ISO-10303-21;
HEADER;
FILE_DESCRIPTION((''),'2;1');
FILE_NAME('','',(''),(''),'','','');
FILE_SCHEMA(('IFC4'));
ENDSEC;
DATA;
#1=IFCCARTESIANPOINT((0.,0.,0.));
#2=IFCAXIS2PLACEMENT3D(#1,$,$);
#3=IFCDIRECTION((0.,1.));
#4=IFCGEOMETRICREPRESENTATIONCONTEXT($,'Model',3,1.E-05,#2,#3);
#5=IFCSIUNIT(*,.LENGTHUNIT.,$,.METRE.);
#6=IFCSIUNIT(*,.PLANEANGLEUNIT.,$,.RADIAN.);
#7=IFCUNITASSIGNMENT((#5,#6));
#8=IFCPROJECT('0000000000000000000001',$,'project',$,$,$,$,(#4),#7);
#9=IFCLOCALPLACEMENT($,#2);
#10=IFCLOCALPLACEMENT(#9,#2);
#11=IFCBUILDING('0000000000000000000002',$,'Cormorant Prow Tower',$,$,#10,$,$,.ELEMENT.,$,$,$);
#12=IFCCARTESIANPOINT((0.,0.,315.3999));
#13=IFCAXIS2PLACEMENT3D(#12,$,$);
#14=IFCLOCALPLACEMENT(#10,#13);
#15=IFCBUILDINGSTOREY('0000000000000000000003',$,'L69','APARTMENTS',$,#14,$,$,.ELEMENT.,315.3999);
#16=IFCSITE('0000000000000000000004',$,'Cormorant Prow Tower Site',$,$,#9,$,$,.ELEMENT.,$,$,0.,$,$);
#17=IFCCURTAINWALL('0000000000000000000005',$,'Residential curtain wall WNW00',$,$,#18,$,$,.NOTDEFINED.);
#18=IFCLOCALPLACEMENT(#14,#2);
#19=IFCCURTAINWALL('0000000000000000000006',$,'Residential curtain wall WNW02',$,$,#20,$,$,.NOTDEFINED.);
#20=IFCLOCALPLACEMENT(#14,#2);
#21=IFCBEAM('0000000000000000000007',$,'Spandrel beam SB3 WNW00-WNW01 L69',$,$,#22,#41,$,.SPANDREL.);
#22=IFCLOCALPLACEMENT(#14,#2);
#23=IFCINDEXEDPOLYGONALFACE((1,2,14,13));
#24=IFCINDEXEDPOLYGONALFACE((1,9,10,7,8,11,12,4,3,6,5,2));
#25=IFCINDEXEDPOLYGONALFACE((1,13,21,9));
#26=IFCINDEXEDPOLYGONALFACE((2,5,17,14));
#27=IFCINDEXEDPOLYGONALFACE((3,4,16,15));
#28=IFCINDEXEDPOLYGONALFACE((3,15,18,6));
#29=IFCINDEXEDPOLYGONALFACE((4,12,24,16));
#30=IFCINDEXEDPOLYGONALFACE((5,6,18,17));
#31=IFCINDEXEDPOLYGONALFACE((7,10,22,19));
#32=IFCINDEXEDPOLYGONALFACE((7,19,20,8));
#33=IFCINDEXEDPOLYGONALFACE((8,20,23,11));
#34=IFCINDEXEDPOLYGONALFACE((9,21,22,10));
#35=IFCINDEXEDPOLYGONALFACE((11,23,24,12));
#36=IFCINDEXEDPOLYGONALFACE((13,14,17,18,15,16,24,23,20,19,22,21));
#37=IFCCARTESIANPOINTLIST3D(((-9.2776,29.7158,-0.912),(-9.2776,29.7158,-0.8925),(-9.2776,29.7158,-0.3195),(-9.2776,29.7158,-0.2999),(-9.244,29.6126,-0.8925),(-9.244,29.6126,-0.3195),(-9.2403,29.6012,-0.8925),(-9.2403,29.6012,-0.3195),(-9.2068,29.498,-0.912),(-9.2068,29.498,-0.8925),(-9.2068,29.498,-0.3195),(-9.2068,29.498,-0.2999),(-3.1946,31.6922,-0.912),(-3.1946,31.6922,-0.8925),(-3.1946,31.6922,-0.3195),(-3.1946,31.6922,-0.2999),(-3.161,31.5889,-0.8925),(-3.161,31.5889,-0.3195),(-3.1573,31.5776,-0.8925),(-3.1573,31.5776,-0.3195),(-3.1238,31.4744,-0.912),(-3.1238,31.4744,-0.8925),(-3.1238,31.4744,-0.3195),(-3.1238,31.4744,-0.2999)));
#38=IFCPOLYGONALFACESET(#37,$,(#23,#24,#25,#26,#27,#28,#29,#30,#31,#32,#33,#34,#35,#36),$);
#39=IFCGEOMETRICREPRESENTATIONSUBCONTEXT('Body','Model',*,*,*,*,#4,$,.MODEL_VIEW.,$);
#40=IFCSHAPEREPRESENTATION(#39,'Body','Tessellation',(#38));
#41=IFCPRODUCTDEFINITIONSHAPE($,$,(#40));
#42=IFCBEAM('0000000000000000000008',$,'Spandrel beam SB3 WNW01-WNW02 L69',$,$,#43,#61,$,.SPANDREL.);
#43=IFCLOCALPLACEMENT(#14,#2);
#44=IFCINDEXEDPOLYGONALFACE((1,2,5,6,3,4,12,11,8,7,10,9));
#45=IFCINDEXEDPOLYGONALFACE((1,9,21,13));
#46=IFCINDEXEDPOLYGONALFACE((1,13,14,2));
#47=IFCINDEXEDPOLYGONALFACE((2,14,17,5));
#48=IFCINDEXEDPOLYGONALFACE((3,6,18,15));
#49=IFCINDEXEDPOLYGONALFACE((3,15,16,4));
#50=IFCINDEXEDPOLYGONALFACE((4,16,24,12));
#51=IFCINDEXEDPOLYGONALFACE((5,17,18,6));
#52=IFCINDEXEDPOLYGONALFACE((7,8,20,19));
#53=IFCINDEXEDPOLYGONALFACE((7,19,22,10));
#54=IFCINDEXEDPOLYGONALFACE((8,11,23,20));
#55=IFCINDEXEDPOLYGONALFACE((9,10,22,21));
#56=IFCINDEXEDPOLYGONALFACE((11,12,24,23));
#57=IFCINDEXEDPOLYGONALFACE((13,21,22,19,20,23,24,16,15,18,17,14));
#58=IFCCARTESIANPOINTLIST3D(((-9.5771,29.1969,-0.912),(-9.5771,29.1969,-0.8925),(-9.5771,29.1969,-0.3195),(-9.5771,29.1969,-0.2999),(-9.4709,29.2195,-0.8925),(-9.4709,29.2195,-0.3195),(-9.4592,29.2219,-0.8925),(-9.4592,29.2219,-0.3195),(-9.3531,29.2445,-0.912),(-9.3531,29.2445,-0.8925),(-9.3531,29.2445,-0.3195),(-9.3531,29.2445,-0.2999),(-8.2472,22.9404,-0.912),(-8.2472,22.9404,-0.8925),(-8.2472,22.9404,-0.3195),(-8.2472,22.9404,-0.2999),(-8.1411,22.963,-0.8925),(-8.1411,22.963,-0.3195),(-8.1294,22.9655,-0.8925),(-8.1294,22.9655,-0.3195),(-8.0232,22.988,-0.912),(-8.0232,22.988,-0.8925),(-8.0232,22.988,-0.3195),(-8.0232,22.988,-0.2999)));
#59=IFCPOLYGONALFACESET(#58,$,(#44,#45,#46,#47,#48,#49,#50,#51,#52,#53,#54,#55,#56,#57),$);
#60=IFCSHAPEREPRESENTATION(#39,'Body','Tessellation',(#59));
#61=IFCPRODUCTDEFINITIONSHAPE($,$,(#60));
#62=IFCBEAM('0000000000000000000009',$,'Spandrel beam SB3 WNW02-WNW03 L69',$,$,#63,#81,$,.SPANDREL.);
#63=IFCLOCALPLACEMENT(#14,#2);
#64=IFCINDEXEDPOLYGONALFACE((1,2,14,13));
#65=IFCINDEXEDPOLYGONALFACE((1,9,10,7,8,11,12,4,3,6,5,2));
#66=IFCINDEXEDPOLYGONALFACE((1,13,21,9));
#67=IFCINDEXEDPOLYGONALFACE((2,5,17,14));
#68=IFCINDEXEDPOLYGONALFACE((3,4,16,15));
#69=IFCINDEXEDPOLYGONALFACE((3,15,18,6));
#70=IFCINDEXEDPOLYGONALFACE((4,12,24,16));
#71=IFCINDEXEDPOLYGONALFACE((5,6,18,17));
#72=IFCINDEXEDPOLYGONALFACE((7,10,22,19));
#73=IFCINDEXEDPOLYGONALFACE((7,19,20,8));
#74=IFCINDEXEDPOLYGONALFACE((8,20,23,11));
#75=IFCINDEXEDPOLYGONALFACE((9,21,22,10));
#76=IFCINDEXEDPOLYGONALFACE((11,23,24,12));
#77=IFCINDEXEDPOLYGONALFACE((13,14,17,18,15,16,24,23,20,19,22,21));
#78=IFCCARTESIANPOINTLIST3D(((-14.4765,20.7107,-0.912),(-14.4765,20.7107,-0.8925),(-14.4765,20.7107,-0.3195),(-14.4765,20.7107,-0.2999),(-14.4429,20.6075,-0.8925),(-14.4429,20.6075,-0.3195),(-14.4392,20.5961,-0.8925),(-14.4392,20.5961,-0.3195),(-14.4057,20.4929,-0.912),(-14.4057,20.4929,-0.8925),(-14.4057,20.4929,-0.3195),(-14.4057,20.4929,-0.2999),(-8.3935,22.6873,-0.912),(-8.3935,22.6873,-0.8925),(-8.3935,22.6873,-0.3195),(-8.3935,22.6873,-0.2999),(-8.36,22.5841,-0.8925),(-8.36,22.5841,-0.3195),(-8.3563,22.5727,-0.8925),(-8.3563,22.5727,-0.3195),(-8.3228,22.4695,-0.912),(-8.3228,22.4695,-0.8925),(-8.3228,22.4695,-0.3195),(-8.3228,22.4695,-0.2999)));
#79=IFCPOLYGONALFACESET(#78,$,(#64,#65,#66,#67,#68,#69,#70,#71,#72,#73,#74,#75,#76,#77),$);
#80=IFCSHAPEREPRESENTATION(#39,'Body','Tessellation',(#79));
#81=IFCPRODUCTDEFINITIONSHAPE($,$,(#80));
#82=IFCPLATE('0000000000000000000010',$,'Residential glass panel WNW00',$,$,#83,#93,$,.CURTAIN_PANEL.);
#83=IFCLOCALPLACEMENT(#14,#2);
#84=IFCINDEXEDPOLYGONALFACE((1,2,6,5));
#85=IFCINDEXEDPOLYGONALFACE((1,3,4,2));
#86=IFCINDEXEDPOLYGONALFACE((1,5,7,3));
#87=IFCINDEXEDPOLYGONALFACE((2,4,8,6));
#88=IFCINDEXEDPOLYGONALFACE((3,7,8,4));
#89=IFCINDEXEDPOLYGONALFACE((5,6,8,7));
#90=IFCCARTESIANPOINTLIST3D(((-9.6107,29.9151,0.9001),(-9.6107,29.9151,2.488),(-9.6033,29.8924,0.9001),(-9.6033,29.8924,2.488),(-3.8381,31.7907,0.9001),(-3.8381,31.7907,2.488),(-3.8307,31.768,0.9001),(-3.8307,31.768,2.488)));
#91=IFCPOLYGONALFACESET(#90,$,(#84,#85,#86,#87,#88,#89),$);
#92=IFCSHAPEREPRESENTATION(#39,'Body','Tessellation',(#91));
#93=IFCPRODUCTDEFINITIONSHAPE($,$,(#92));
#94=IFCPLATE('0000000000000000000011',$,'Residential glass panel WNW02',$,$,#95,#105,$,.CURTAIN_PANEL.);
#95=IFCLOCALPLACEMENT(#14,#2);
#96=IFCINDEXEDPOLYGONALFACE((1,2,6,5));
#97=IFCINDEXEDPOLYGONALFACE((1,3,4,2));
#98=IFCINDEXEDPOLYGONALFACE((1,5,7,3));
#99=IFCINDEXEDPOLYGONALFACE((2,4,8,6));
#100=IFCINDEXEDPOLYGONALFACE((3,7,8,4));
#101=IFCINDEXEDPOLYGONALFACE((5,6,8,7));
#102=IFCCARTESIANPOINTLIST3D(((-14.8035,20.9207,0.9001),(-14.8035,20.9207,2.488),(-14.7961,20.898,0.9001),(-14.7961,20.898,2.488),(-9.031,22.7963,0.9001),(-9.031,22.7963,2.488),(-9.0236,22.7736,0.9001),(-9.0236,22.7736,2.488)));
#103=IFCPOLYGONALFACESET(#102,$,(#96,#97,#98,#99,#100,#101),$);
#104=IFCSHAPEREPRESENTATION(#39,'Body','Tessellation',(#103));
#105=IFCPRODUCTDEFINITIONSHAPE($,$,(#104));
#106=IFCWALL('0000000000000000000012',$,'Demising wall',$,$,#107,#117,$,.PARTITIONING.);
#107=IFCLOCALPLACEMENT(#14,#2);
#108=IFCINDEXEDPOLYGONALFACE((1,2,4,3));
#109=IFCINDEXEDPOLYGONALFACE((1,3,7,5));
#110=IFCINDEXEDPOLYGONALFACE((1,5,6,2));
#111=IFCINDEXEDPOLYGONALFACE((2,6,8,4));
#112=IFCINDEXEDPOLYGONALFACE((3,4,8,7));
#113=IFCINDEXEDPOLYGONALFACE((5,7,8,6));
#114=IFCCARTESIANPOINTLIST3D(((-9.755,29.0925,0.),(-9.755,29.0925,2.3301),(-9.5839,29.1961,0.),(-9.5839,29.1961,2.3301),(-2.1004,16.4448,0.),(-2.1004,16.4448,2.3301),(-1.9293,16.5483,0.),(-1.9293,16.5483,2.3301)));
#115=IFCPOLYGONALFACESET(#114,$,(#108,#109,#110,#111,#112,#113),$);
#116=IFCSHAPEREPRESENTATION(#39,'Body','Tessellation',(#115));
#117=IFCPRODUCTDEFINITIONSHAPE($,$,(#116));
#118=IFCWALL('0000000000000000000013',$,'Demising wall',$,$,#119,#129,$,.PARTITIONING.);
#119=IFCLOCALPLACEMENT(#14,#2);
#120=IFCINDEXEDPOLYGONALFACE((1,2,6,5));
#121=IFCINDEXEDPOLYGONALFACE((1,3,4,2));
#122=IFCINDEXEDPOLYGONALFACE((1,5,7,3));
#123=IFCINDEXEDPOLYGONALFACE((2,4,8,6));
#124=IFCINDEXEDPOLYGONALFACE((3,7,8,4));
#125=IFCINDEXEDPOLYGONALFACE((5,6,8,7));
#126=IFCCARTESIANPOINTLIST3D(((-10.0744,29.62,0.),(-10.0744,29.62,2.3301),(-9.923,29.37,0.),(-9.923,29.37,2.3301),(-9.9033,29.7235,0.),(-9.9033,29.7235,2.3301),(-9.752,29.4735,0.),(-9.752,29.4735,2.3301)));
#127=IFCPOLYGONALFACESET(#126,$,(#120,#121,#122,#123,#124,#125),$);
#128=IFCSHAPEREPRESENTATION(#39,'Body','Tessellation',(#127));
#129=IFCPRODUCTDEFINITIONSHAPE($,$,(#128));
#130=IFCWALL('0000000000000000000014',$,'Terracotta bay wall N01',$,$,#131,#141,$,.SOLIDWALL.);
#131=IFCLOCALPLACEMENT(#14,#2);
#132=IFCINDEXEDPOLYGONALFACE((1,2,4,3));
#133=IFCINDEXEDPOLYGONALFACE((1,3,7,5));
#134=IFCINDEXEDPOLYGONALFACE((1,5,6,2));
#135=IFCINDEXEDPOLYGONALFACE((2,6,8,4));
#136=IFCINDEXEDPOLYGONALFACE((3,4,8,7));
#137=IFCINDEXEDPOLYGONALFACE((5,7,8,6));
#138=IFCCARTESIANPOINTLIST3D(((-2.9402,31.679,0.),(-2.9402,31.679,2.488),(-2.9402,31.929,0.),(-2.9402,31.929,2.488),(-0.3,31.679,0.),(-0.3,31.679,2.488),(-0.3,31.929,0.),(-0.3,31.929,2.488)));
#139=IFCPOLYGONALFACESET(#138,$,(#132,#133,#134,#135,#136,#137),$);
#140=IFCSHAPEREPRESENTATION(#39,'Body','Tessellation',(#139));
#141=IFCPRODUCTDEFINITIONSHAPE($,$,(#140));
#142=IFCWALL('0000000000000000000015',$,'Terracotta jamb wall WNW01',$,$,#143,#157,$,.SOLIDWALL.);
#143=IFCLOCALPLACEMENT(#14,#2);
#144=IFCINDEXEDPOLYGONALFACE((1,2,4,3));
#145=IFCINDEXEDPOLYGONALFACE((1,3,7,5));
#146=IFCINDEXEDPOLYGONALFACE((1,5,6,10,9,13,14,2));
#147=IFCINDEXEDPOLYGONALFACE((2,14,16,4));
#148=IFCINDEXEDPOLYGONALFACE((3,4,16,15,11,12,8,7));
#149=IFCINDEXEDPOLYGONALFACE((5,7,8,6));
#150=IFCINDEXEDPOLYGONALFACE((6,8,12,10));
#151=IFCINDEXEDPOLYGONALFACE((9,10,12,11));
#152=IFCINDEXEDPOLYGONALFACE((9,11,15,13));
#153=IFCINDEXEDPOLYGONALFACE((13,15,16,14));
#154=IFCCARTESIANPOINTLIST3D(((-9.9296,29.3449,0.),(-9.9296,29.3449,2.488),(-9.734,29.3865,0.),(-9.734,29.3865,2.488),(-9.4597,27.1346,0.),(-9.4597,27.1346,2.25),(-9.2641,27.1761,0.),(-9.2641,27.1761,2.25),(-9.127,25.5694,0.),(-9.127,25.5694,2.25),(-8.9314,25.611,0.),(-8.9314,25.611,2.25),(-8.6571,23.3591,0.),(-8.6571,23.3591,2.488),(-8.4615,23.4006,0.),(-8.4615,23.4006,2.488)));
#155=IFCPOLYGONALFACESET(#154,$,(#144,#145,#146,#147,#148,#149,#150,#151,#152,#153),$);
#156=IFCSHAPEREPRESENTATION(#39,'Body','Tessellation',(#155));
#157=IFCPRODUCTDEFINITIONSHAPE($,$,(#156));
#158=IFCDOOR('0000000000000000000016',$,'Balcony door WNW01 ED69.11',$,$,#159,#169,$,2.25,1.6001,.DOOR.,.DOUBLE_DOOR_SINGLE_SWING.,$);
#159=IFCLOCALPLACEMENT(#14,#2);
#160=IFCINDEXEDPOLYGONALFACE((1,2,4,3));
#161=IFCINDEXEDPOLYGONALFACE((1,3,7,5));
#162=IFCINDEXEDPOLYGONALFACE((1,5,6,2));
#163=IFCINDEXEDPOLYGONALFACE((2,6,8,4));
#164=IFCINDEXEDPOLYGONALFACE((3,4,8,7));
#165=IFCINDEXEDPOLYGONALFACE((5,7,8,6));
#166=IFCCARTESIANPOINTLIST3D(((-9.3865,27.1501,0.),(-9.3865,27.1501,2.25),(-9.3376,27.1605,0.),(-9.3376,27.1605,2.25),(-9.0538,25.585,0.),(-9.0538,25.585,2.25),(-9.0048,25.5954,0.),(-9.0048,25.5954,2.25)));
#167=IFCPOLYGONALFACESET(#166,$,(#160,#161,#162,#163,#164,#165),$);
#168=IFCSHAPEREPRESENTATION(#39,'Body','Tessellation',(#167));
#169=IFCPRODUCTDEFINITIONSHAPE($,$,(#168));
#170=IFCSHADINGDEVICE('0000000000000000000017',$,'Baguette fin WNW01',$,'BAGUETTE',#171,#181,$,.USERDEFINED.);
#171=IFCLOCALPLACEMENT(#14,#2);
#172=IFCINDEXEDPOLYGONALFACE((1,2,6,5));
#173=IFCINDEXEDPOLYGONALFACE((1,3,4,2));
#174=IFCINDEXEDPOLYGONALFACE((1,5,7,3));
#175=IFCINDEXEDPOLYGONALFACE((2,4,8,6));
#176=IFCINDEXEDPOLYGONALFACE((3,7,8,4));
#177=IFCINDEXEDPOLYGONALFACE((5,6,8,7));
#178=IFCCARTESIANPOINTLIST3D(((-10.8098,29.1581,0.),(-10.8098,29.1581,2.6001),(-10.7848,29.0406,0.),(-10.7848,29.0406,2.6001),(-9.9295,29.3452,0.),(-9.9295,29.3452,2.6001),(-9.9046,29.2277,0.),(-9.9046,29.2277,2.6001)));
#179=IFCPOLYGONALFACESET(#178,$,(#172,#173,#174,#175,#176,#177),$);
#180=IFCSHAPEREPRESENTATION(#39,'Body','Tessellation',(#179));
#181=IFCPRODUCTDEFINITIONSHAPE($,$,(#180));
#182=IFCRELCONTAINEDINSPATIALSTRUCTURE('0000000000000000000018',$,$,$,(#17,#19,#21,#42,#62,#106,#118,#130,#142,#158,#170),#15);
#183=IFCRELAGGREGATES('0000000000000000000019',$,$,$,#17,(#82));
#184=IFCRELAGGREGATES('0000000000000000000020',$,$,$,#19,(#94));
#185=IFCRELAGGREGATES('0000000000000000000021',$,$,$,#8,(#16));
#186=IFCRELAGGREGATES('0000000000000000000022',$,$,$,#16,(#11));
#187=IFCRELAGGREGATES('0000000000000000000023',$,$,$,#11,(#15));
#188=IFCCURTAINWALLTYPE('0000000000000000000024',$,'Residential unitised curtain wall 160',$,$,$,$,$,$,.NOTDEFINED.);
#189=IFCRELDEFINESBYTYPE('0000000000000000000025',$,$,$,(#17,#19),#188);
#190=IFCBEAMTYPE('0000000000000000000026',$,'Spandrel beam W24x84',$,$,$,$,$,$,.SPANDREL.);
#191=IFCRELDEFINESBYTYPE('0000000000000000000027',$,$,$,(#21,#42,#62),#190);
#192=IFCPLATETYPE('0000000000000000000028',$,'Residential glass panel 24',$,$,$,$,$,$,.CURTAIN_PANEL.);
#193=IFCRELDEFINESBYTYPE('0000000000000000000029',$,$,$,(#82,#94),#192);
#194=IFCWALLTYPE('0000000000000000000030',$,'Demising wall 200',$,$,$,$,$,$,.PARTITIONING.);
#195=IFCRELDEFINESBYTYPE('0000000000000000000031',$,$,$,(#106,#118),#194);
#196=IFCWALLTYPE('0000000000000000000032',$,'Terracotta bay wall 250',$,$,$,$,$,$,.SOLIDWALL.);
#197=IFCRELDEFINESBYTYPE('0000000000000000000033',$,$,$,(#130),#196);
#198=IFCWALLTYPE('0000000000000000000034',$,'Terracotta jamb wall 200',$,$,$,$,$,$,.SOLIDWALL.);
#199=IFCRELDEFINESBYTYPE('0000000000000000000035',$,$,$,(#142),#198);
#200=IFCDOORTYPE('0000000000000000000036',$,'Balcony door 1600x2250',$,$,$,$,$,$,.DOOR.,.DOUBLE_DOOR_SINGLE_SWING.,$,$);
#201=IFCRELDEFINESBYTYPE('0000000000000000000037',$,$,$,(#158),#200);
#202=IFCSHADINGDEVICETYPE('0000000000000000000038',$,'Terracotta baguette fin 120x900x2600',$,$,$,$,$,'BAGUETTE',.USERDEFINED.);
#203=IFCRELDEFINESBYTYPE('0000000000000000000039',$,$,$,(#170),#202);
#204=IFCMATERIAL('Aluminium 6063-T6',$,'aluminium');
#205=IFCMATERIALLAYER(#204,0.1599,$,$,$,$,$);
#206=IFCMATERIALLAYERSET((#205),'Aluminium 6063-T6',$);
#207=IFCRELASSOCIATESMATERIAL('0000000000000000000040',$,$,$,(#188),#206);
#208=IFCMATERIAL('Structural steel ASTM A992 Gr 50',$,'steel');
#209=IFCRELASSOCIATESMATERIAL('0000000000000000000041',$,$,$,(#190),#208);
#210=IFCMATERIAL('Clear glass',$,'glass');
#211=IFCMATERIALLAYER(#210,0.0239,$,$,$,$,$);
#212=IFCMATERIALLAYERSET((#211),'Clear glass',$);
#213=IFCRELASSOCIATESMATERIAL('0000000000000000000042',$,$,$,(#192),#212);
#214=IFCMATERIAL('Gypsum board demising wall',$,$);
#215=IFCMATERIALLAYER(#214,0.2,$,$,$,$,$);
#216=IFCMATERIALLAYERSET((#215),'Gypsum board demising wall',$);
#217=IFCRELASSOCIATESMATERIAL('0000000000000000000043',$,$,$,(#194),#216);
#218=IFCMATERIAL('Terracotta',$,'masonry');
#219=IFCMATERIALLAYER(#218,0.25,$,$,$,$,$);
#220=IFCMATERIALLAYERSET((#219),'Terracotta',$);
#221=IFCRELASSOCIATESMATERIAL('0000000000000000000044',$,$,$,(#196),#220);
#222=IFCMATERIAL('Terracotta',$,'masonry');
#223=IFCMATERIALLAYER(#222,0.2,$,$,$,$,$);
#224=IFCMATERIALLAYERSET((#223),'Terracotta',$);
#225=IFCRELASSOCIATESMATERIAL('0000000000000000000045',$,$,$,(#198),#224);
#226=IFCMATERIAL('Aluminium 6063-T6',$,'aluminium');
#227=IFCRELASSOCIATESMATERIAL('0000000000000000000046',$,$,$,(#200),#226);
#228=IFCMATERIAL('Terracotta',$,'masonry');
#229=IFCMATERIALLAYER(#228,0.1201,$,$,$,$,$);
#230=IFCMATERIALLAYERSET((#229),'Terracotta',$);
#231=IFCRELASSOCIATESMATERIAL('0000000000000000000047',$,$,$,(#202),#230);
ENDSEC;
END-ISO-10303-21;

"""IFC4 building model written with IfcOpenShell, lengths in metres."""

from ifc_helpers import new_model, si_unit, direction, frame, frame_2d, origin, origin_2d, place, context, subcontext, project, spatial, rectangle, i_section, extrude, material, layer, layer_set, material_profile, profile_set, type_object, element, fill, aggregate, save


model = new_model("IFC4")

# Units and contexts
model_context = context("Model", 3, precision=1e-05, world=origin(), true_north=direction((0.0, 1.0)))
body_context = subcontext(model_context, "Body", "Model", "MODEL_VIEW")
ifc_project = project(units=[si_unit("LENGTHUNIT", "METRE"), si_unit("PLANEANGLEUNIT", "RADIAN")], contexts=[model_context])

# Site, building, storey
site_placement = place(None, origin())
site = spatial("IfcSite", under=ifc_project, at=site_placement, Name="Cormorant Prow Tower Site", CompositionType="ELEMENT", RefElevation=0.0)
building_placement = place(site_placement, origin())
building = spatial("IfcBuilding", under=site, at=building_placement, Name="Cormorant Prow Tower", CompositionType="ELEMENT")
storey_placement = place(building_placement, frame((0.0, 0.0, 315.3999)))
storey = spatial("IfcBuildingStorey", under=building, at=storey_placement, Name="L69", Description="APARTMENTS", CompositionType="ELEMENT", Elevation=315.3999)

# Curtain walls
ifc_material_1 = material(Name="Aluminium 6063-T6", Category="aluminium")
ifc_layer_1 = layer(ifc_material_1, 0.1599)
ifc_layer_set_1 = layer_set([ifc_layer_1], Name="Aluminium 6063-T6")
curtain_wall_type = type_object("IfcCurtainWallType", Name="Residential unitised curtain wall 160", PredefinedType="NOTDEFINED", material=ifc_layer_set_1)
curtain_wall_1_placement = place(storey_placement, origin())
curtain_wall_1 = element("IfcCurtainWall", 1, at=curtain_wall_1_placement, inside=storey, type_object=curtain_wall_type, Name="Residential curtain wall WNW00", PredefinedType="NOTDEFINED")
curtain_wall_2_placement = place(storey_placement, origin())
curtain_wall_2 = element("IfcCurtainWall", 2, at=curtain_wall_2_placement, inside=storey, type_object=curtain_wall_type, Name="Residential curtain wall WNW02", PredefinedType="NOTDEFINED")

# Beams
ifc_material_2 = material(Name="Structural steel ASTM A992 Gr 50", Category="steel")
ifc_material_profile_1 = material_profile(ifc_material_2, i_section(OverallWidth=0.229, OverallDepth=0.6121, WebThickness=0.012, FlangeThickness=0.0195, at=origin_2d()), Name="W24x84")
ifc_profile_set_1 = profile_set([ifc_material_profile_1], Name="Structural steel ASTM A992 Gr 50")
beam_type = type_object("IfcBeamType", Name="Spandrel beam W24x84", PredefinedType="SPANDREL", material=ifc_profile_set_1)
beam_1_placement = place(storey_placement, frame((-3.1592, 31.5833, -0.606), z_axis=(-0.951064, -0.308993, 0.0), x_axis=(0.308993, -0.951064, 0.0)))
element("IfcBeam", 3, at=beam_1_placement, inside=storey, type_object=beam_type, Name="Spandrel beam SB3 WNW00-WNW01 L69", PredefinedType="SPANDREL", context=body_context, shape_type="SweptSolid", body=[
    extrude(i_section(OverallWidth=0.229, OverallDepth=0.6121, WebThickness=0.012, FlangeThickness=0.0195, at=origin_2d()), origin(), (0.0, 0.0, 1.0), 6.396),
])
beam_2_placement = place(storey_placement, frame((-9.4651, 29.2207, -0.606), z_axis=(0.207913, -0.978147, 0.0), x_axis=(0.978147, 0.207913, 0.0)))
element("IfcBeam", 4, at=beam_2_placement, inside=storey, type_object=beam_type, Name="Spandrel beam SB3 WNW01-WNW02 L69", PredefinedType="SPANDREL", context=body_context, shape_type="SweptSolid", body=[
    extrude(i_section(OverallWidth=0.229, OverallDepth=0.6121, WebThickness=0.012, FlangeThickness=0.0195, at=origin_2d()), origin(), (0.0, 0.0, 1.0), 6.3962),
])
beam_3_placement = place(storey_placement, frame((-8.3582, 22.5784, -0.606), z_axis=(-0.951053, -0.309027, 0.0), x_axis=(0.309027, -0.951053, 0.0)))
element("IfcBeam", 5, at=beam_3_placement, inside=storey, type_object=beam_type, Name="Spandrel beam SB3 WNW02-WNW03 L69", PredefinedType="SPANDREL", context=body_context, shape_type="SweptSolid", body=[
    extrude(i_section(OverallWidth=0.229, OverallDepth=0.6121, WebThickness=0.012, FlangeThickness=0.0195, at=origin_2d()), origin(), (0.0, 0.0, 1.0), 6.396),
])

# Plates
ifc_material_3 = material(Name="Clear glass", Category="glass")
ifc_layer_2 = layer(ifc_material_3, 0.0239)
ifc_layer_set_2 = layer_set([ifc_layer_2], Name="Clear glass")
plate_type = type_object("IfcPlateType", Name="Residential glass panel 24", PredefinedType="CURTAIN_PANEL", material=ifc_layer_set_2)
plate_1_placement = place(storey_placement, frame((-6.7207, 30.8416, 0.9001), z_axis=(0.0, 0.0, 1.0), x_axis=(-0.951057, -0.309017, 0.0)))
plate_1 = element("IfcPlate", 6, at=plate_1_placement, type_object=plate_type, Name="Residential glass panel WNW00", PredefinedType="CURTAIN_PANEL", context=body_context, shape_type="SweptSolid", body=[
    extrude(rectangle(XDim=6.0696, YDim=0.0239, at=origin_2d()), origin(), (0.0, 0.0, 1.0), 1.5879),
])
aggregate(curtain_wall_1, [plate_1])
plate_2_placement = place(storey_placement, frame((-11.9136, 21.8472, 0.9001), z_axis=(0.0, 0.0, 1.0), x_axis=(-0.951057, -0.309017, 0.0)))
plate_2 = element("IfcPlate", 7, at=plate_2_placement, type_object=plate_type, Name="Residential glass panel WNW02", PredefinedType="CURTAIN_PANEL", context=body_context, shape_type="SweptSolid", body=[
    extrude(rectangle(XDim=6.0696, YDim=0.0239, at=origin_2d()), origin(), (0.0, 0.0, 1.0), 1.5879),
])
aggregate(curtain_wall_2, [plate_2])

# Walls
ifc_material_4 = material(Name="Gypsum board demising wall")
ifc_layer_3 = layer(ifc_material_4, 0.2)
ifc_layer_set_3 = layer_set([ifc_layer_3], Name="Gypsum board demising wall")
wall_type_1 = type_object("IfcWallType", Name="Demising wall 200", PredefinedType="PARTITIONING", material=ifc_layer_set_3)
wall_1_placement = place(storey_placement, frame((-9.6694, 29.1443, 0.0), z_axis=(0.0, 0.0, 1.0), x_axis=(0.517771, -0.85552, 0.0)))
element("IfcWall", 8, at=wall_1_placement, inside=storey, type_object=wall_type_1, Name="Demising wall", PredefinedType="PARTITIONING", context=body_context, shape_type="SweptSolid", body=[
    extrude(rectangle(XDim=14.7837, YDim=0.2, at=frame_2d((7.3918, 0.0))), origin(), (0.0, 0.0, 1.0), 2.3301),
])
wall_2_placement = place(storey_placement, frame((-9.9888, 29.6716, 0.0), z_axis=(0.0, 0.0, 1.0), x_axis=(0.517931, -0.855422, 0.0)))
element("IfcWall", 9, at=wall_2_placement, inside=storey, type_object=wall_type_1, Name="Demising wall", PredefinedType="PARTITIONING", context=body_context, shape_type="SweptSolid", body=[
    extrude(rectangle(XDim=0.2922, YDim=0.2, at=frame_2d((0.146, 0.0))), origin(), (0.0, 0.0, 1.0), 2.3301),
])
ifc_material_5 = material(Name="Terracotta", Category="masonry")
ifc_layer_4 = layer(ifc_material_5, 0.25)
ifc_layer_set_4 = layer_set([ifc_layer_4], Name="Terracotta")
wall_type_2 = type_object("IfcWallType", Name="Terracotta bay wall 250", PredefinedType="SOLIDWALL", material=ifc_layer_set_4)
wall_3_placement = place(storey_placement, frame((-0.3, 31.804, 0.0), z_axis=(0.0, 0.0, 1.0), x_axis=(-1.0, 0.0, 0.0)))
element("IfcWall", 10, at=wall_3_placement, inside=storey, type_object=wall_type_2, Name="Terracotta bay wall N01", PredefinedType="SOLIDWALL", context=body_context, shape_type="SweptSolid", body=[
    extrude(rectangle(XDim=2.6401, YDim=0.25, at=frame_2d((1.3201, 0.0))), origin(), (0.0, 0.0, 1.0), 2.488),
])

# Wall, opening, door
ifc_material_6 = material(Name="Terracotta", Category="masonry")
ifc_layer_5 = layer(ifc_material_6, 0.2)
ifc_layer_set_5 = layer_set([ifc_layer_5], Name="Terracotta")
wall_type_3 = type_object("IfcWallType", Name="Terracotta jamb wall 200", PredefinedType="SOLIDWALL", material=ifc_layer_set_5)
wall_4_placement = place(storey_placement, frame((-9.8318, 29.3657, 0.0), z_axis=(0.0, 0.0, 1.0), x_axis=(0.207932, -0.978143, 0.0)))
wall_4 = element("IfcWall", 11, at=wall_4_placement, inside=storey, type_object=wall_type_3, Name="Terracotta jamb wall WNW01", PredefinedType="SOLIDWALL", context=body_context, shape_type="SweptSolid", body=[
    extrude(rectangle(XDim=6.1196, YDim=0.2, at=frame_2d((3.0598, 0.0))), origin(), (0.0, 0.0, 1.0), 2.488),
])
opening_placement = place(wall_4_placement, frame((2.2598, 0.0, 0.0)))
opening = element("IfcOpeningElement", 12, at=opening_placement, cuts=wall_4, PredefinedType="OPENING", context=body_context, shape_type="SweptSolid", body=[
    extrude(rectangle(XDim=1.6001, YDim=2.25, at=frame_2d((0.8, 1.125))), frame((0.0, 0.1099, 0.0), z_axis=(0.0, -1.0, 0.0), x_axis=(1.0, 0.0, 0.0)), (0.0, 0.0, 1.0), 0.22),
])
ifc_material_7 = material(Name="Aluminium 6063-T6", Category="aluminium")
door_type = type_object("IfcDoorType", Name="Balcony door 1600x2250", OperationType="DOUBLE_DOOR_SINGLE_SWING", PredefinedType="DOOR", material=ifc_material_7)
door_placement = place(opening_placement, origin())
door = element("IfcDoor", 13, at=door_placement, inside=storey, type_object=door_type, Name="Balcony door WNW01 ED69.11", OperationType="DOUBLE_DOOR_SINGLE_SWING", OverallHeight=2.25, OverallWidth=1.6001, PredefinedType="DOOR", context=body_context, shape_type="SweptSolid", body=[
    extrude(rectangle(XDim=1.6001, YDim=2.25, at=frame_2d((0.8, 1.125))), frame((0.0, 0.0249, 0.0), z_axis=(0.0, -1.0, 0.0), x_axis=(1.0, 0.0, 0.0)), (0.0, 0.0, 1.0), 0.05),
])
fill(opening, door)

# Shading device
ifc_material_8 = material(Name="Terracotta", Category="masonry")
ifc_layer_6 = layer(ifc_material_8, 0.1201)
ifc_layer_set_6 = layer_set([ifc_layer_6], Name="Terracotta")
shading_device_type = type_object("IfcShadingDeviceType", Name="Terracotta baguette fin 120x900x2600", ElementType="BAGUETTE", PredefinedType="USERDEFINED", material=ifc_layer_set_6)
shading_device_placement = place(storey_placement, frame((-10.3572, 29.1929, 0.0), z_axis=(0.0, 0.0, 1.0), x_axis=(0.207912, -0.978148, 0.0)))
element("IfcShadingDevice", 14, at=shading_device_placement, inside=storey, type_object=shading_device_type, Name="Baguette fin WNW01", ObjectType="BAGUETTE", PredefinedType="USERDEFINED", context=body_context, shape_type="SweptSolid", body=[
    extrude(rectangle(XDim=0.1201, YDim=0.8999, at=origin_2d()), origin(), (0.0, 0.0, 1.0), 2.6001),
])

save(model, "model.ifc")
